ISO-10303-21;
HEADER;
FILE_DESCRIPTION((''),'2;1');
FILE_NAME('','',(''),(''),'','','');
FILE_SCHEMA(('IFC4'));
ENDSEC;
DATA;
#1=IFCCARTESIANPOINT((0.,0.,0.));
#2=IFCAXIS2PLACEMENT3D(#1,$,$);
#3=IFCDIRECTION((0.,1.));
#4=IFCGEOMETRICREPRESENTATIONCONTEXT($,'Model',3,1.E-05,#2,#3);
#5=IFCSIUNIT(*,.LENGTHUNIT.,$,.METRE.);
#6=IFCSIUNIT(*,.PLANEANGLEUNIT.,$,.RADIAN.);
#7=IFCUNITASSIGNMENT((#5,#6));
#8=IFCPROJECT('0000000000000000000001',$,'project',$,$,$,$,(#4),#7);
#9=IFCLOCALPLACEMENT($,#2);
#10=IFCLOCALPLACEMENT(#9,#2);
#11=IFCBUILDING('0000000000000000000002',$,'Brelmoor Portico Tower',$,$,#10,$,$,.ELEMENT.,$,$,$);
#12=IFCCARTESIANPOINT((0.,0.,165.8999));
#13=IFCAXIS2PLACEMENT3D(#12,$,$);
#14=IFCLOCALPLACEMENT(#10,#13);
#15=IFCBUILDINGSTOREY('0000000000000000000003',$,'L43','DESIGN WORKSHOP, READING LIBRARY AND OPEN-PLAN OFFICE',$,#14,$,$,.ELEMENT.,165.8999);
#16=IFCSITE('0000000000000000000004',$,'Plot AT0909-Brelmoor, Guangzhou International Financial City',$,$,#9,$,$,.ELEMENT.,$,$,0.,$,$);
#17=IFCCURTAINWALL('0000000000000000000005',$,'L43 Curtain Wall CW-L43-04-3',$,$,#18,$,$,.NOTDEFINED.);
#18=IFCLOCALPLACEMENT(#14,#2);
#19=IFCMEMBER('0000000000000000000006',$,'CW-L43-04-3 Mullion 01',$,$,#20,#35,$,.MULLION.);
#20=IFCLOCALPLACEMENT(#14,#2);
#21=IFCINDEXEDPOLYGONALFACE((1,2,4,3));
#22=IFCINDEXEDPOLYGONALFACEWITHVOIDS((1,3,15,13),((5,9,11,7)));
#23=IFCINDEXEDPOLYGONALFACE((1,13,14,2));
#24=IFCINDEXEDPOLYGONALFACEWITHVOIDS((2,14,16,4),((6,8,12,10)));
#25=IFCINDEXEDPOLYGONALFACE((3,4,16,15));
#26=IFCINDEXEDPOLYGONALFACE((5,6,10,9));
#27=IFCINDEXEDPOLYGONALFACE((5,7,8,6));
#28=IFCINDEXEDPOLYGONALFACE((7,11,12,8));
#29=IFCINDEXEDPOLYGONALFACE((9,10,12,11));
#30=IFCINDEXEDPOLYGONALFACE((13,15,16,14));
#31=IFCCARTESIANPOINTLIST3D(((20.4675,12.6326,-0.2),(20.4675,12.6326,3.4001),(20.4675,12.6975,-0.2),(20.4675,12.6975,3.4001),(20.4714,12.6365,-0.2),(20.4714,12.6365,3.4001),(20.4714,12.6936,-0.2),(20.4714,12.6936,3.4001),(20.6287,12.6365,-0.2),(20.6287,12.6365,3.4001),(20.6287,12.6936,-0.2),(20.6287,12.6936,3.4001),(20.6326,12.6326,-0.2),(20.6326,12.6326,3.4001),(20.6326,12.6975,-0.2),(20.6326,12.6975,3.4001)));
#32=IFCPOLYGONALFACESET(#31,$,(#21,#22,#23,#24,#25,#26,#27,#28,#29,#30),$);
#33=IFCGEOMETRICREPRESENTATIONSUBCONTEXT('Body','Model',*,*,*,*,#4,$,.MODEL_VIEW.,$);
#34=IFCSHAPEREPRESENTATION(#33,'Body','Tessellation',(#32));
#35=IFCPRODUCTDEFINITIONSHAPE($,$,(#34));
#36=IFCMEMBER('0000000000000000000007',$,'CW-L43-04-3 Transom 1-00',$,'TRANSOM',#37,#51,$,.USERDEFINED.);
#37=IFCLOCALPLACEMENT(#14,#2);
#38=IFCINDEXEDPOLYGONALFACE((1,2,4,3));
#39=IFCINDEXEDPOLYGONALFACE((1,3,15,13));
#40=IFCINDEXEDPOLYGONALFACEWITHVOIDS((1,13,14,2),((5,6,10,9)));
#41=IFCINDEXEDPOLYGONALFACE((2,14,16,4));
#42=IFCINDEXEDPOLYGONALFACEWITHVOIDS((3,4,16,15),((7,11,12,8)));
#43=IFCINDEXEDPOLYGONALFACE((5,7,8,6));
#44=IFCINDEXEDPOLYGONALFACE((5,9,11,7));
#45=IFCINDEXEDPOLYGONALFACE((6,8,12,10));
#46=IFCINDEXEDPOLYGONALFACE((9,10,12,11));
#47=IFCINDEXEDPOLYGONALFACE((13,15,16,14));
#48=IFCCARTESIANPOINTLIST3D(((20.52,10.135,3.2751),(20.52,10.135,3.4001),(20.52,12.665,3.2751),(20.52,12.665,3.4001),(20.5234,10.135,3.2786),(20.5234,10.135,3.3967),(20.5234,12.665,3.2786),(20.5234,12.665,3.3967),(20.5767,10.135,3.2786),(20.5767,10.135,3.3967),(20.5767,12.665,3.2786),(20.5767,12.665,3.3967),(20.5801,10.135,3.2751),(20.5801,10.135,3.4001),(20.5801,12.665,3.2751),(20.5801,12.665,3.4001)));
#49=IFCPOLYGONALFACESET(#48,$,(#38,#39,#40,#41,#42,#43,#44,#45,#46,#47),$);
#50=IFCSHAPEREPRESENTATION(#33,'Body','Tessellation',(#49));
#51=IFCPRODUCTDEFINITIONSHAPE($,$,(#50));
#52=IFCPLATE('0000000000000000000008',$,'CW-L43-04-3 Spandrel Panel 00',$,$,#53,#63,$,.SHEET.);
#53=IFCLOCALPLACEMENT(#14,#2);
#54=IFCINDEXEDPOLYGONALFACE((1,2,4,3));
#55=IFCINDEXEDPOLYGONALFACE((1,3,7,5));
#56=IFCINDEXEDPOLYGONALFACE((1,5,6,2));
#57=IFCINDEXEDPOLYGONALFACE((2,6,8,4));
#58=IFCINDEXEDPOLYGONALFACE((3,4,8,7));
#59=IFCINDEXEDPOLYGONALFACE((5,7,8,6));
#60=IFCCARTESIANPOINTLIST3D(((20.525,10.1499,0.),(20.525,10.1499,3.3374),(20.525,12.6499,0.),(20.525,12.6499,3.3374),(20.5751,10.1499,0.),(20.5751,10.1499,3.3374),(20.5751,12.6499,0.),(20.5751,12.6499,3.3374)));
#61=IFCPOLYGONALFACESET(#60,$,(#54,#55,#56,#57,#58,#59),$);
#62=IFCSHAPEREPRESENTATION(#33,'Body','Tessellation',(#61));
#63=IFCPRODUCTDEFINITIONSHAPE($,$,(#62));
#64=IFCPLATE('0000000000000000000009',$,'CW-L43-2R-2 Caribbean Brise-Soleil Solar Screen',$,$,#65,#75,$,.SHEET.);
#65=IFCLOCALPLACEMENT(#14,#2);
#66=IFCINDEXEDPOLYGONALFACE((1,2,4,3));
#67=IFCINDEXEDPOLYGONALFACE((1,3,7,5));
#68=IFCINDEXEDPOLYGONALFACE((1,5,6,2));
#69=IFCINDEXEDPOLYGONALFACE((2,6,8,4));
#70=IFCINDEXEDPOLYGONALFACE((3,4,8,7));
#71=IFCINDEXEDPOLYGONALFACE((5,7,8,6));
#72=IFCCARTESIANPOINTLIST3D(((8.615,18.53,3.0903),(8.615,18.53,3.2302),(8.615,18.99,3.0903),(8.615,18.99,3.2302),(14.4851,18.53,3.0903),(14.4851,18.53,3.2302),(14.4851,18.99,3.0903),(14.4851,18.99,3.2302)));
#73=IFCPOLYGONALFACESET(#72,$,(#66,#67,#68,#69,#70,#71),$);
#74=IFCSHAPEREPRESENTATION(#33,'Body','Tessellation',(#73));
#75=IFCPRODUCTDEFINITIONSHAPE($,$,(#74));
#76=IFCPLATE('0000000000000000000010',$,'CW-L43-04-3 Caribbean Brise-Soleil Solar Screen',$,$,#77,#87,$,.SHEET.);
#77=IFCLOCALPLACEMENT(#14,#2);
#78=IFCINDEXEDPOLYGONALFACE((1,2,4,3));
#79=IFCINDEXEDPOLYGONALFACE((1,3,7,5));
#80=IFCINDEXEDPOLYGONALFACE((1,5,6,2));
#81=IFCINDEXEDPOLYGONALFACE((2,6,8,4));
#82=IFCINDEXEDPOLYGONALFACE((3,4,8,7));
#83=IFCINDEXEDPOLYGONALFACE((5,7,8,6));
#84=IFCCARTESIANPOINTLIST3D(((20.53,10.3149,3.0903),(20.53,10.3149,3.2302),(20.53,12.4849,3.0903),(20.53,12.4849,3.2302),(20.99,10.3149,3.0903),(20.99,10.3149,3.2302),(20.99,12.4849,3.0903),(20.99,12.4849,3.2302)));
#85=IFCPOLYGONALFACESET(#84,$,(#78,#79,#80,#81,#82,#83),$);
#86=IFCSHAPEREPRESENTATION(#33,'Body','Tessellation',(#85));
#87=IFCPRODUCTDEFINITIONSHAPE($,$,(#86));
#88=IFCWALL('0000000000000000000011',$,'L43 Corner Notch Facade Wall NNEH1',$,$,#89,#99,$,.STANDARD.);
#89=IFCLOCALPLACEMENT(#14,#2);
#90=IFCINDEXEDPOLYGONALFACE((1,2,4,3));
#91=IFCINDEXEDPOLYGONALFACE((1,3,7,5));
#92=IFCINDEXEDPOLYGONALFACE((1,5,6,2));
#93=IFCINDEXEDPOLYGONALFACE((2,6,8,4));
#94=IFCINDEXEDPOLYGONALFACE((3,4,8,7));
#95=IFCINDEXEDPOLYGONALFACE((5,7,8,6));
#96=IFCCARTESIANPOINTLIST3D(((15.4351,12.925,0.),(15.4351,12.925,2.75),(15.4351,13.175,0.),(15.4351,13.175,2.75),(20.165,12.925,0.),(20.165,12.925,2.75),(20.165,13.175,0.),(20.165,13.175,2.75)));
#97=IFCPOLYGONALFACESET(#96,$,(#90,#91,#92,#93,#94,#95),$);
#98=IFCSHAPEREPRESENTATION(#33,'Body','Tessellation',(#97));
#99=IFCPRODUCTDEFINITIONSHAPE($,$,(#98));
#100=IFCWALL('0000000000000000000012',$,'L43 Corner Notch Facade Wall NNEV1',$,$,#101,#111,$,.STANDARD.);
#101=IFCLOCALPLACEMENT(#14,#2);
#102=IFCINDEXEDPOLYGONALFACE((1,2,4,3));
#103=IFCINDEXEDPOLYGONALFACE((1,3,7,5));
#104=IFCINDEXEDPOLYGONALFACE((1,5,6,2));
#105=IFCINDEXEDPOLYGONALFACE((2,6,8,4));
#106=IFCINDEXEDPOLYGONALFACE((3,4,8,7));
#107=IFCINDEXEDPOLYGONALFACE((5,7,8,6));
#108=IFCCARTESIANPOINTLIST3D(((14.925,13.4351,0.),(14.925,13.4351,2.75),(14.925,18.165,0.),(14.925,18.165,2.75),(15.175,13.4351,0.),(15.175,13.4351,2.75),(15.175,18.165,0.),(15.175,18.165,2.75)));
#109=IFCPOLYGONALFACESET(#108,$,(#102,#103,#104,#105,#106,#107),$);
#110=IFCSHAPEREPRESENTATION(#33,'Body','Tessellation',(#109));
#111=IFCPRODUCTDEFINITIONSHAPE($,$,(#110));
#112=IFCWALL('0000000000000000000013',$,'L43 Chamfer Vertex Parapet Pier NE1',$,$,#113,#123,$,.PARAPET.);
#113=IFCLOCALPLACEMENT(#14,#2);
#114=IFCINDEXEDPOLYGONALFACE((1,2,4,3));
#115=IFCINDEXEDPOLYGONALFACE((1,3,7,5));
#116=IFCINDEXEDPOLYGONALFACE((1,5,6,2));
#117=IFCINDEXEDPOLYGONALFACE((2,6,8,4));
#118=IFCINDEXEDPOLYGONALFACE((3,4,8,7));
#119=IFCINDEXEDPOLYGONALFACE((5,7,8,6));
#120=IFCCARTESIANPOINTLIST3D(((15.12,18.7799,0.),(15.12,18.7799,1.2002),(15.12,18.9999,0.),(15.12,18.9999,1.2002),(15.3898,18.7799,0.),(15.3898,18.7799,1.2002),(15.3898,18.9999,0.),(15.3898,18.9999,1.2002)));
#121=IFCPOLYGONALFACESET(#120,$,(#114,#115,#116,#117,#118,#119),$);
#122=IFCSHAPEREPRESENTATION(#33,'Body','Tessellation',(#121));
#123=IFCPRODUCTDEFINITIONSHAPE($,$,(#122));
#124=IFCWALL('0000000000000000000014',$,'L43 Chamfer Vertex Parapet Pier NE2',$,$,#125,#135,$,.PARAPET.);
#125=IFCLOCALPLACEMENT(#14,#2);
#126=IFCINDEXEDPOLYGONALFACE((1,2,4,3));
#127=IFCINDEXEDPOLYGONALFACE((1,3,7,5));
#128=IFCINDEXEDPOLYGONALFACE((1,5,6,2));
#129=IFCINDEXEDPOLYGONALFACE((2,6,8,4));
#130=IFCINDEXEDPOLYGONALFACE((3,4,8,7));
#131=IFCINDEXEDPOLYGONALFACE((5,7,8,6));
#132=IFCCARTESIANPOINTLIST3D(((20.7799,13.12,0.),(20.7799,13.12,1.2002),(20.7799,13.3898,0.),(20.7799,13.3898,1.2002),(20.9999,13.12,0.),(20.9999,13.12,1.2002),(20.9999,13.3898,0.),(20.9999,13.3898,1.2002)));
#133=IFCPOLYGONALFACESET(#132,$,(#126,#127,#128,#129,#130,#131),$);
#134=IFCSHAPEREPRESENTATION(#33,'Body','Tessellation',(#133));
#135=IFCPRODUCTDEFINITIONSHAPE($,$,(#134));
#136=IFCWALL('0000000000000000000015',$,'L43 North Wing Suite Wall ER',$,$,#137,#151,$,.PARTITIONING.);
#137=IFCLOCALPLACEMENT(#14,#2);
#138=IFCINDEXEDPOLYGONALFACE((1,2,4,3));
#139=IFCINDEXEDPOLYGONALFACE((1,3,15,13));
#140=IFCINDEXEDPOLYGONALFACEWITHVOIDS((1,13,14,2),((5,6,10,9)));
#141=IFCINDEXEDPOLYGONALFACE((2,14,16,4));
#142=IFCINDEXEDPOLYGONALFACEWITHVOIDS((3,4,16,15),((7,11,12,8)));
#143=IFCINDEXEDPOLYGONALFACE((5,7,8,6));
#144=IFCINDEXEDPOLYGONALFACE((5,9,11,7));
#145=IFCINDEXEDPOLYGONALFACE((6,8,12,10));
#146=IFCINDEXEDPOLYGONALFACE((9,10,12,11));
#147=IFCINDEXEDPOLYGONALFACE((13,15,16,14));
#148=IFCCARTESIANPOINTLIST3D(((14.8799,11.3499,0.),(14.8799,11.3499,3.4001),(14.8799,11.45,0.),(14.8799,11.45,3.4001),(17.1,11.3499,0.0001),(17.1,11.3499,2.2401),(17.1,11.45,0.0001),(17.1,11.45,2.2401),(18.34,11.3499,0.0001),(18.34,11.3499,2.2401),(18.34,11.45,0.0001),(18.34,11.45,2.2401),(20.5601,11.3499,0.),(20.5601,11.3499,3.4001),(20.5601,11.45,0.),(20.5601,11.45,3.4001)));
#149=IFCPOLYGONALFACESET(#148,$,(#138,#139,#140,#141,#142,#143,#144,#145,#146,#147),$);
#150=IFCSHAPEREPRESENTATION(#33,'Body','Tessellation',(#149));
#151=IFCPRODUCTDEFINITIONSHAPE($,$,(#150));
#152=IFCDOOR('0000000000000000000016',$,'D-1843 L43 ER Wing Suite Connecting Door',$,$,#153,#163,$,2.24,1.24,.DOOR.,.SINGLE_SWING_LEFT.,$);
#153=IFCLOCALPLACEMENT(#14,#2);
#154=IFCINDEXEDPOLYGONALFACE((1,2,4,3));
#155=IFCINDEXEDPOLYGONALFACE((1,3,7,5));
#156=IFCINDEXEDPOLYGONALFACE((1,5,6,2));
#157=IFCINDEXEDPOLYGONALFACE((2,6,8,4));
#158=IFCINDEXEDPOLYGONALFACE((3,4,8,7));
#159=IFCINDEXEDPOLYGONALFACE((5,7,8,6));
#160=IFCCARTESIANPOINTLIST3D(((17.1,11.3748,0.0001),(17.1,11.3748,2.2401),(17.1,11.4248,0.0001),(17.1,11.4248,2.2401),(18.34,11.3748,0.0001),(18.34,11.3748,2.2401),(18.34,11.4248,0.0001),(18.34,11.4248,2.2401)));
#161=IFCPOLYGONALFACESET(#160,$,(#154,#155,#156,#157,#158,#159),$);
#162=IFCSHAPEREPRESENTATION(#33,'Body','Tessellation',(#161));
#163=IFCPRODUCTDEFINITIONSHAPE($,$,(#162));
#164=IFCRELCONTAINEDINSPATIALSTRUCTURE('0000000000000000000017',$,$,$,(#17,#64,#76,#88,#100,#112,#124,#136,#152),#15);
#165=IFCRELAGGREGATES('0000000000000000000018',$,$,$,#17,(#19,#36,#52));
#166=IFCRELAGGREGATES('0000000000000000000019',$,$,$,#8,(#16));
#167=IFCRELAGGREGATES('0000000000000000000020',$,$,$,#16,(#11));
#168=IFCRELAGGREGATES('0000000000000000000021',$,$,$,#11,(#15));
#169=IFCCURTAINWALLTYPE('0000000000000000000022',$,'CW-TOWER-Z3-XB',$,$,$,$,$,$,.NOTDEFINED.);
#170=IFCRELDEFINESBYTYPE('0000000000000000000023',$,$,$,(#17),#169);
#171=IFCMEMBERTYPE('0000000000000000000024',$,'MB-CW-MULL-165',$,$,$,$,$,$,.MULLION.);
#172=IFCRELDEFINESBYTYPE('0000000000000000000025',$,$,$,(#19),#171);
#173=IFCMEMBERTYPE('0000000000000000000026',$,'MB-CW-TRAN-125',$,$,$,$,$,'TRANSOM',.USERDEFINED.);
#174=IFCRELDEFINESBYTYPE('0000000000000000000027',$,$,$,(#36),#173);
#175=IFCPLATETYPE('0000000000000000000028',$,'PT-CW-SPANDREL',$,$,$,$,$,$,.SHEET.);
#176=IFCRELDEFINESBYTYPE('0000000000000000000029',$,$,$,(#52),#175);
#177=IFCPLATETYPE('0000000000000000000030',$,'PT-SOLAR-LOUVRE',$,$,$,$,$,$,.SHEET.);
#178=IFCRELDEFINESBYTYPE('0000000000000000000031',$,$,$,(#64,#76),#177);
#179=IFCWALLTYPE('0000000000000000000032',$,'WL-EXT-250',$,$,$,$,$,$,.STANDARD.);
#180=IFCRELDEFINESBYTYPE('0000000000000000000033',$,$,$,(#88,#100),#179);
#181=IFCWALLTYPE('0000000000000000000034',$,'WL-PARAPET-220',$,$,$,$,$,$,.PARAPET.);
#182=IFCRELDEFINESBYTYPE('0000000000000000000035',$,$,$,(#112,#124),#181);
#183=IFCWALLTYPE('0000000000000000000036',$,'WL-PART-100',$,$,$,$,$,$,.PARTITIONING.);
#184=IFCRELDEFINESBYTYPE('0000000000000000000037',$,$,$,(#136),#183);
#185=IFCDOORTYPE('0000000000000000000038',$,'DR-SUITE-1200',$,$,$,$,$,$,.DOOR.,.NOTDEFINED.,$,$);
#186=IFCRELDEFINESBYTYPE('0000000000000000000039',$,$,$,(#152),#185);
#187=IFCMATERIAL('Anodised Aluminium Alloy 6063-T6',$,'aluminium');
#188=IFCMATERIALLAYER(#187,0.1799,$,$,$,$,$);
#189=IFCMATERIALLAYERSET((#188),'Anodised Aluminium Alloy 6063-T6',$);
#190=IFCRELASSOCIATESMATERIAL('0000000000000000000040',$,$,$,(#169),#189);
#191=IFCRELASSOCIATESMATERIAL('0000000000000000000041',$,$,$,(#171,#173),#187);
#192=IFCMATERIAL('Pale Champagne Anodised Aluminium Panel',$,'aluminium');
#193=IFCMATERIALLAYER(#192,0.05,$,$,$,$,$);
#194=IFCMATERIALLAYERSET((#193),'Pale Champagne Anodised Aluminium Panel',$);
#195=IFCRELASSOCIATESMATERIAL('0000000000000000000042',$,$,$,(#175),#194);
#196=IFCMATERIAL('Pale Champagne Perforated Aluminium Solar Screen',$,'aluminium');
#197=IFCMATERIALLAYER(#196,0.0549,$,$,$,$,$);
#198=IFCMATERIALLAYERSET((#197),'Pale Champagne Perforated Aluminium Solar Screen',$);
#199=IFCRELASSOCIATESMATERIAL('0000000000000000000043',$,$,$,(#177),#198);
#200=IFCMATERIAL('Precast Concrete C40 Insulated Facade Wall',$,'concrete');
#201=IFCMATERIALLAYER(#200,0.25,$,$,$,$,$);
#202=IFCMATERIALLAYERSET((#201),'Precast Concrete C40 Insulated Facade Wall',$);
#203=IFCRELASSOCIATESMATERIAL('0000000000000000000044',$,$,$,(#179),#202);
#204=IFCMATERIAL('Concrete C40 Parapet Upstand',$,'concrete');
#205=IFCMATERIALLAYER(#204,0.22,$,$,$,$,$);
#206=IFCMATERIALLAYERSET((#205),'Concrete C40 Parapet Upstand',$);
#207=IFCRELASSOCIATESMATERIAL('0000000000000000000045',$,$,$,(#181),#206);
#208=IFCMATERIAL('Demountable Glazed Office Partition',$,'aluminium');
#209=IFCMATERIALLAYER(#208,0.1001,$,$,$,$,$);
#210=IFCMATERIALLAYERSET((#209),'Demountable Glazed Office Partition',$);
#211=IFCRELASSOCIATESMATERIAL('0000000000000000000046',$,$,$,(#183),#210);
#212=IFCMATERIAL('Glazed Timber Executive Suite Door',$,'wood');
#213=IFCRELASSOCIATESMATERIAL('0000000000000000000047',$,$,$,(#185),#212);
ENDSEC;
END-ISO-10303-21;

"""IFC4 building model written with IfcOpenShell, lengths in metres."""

from ifc_helpers import new_model, si_unit, direction, frame, frame_2d, origin, origin_2d, place, context, subcontext, project, spatial, rectangle, hollow_rectangle, extrude, material, layer, layer_set, material_profile, profile_set, type_object, element, fill, aggregate, save


model = new_model("IFC4")

# Units and contexts
model_context = context("Model", 3, precision=1e-05, world=origin(), true_north=direction((0.0, 1.0)))
body_context = subcontext(model_context, "Body", "Model", "MODEL_VIEW")
ifc_project = project(units=[si_unit("LENGTHUNIT", "METRE"), si_unit("PLANEANGLEUNIT", "RADIAN")], contexts=[model_context])

# Site, building, storey
site_placement = place(None, origin())
site = spatial("IfcSite", under=ifc_project, at=site_placement, Name="Plot AT0909-Brelmoor, Guangzhou International Financial City", CompositionType="ELEMENT", RefElevation=0.0)
building_placement = place(site_placement, origin())
building = spatial("IfcBuilding", under=site, at=building_placement, Name="Brelmoor Portico Tower", CompositionType="ELEMENT")
storey_placement = place(building_placement, frame((0.0, 0.0, 165.8999)))
storey = spatial("IfcBuildingStorey", under=building, at=storey_placement, Name="L43", Description="DESIGN WORKSHOP, READING LIBRARY AND OPEN-PLAN OFFICE", CompositionType="ELEMENT", Elevation=165.8999)

# Shared definitions
ifc_material_1 = material(Name="Anodised Aluminium Alloy 6063-T6", Category="aluminium")
ifc_layer_1 = layer(ifc_material_1, 0.1799)
ifc_layer_set_1 = layer_set([ifc_layer_1], Name="Anodised Aluminium Alloy 6063-T6")
curtain_wall_type = type_object("IfcCurtainWallType", Name="CW-TOWER-Z3-XB", PredefinedType="NOTDEFINED", material=ifc_layer_set_1)
ifc_material_profile_1 = material_profile(ifc_material_1, hollow_rectangle(XDim=0.0649, YDim=0.165, WallThickness=0.0039, at=origin_2d()), Name="ALU MULLION 65x165")
ifc_profile_set_1 = profile_set([ifc_material_profile_1], Name="Anodised Aluminium Alloy 6063-T6")
member_type_1 = type_object("IfcMemberType", Name="MB-CW-MULL-165", PredefinedType="MULLION", material=ifc_profile_set_1)

# Curtain wall, members, plate
curtain_wall_1_placement = place(storey_placement, origin())
curtain_wall_1 = element("IfcCurtainWall", 1, at=curtain_wall_1_placement, inside=storey, type_object=curtain_wall_type, Name="L43 Curtain Wall CW-L43-04-3", PredefinedType="NOTDEFINED")
member_1_placement = place(storey_placement, frame((20.55, 12.665, -0.2), z_axis=(0.0, 0.0, 1.0), x_axis=(0.0, 1.0, 0.0)))
member_1 = element("IfcMember", 2, at=member_1_placement, type_object=member_type_1, Name="CW-L43-04-3 Mullion 01", PredefinedType="MULLION", context=body_context, shape_type="SweptSolid", body=[
    extrude(hollow_rectangle(XDim=0.0649, YDim=0.165, WallThickness=0.0039, at=origin_2d()), origin(), (0.0, 0.0, 1.0), 3.6001),
])
ifc_material_profile_2 = material_profile(ifc_material_1, hollow_rectangle(XDim=0.0601, YDim=0.125, WallThickness=0.0034, at=origin_2d()), Name="ALU TRANSOM 60x125")
ifc_profile_set_2 = profile_set([ifc_material_profile_2], Name="Anodised Aluminium Alloy 6063-T6")
member_type_2 = type_object("IfcMemberType", Name="MB-CW-TRAN-125", ElementType="TRANSOM", PredefinedType="USERDEFINED", material=ifc_profile_set_2)
member_2_placement = place(storey_placement, frame((20.55, 10.135, 3.3376), z_axis=(0.0, 1.0, 0.0), x_axis=(-1.0, 0.0, 0.0)))
member_2 = element("IfcMember", 3, at=member_2_placement, type_object=member_type_2, Name="CW-L43-04-3 Transom 1-00", ObjectType="TRANSOM", PredefinedType="USERDEFINED", context=body_context, shape_type="SweptSolid", body=[
    extrude(hollow_rectangle(XDim=0.0601, YDim=0.125, WallThickness=0.0034, at=origin_2d()), origin(), (0.0, 0.0, 1.0), 2.53),
])
ifc_material_2 = material(Name="Pale Champagne Anodised Aluminium Panel", Category="aluminium")
ifc_layer_2 = layer(ifc_material_2, 0.05)
ifc_layer_set_2 = layer_set([ifc_layer_2], Name="Pale Champagne Anodised Aluminium Panel")
plate_type_1 = type_object("IfcPlateType", Name="PT-CW-SPANDREL", PredefinedType="SHEET", material=ifc_layer_set_2)
plate_1_placement = place(storey_placement, frame((20.55, 11.3999, 0.0), z_axis=(0.0, 0.0, 1.0), x_axis=(0.0, 1.0, 0.0)))
plate_1 = element("IfcPlate", 4, at=plate_1_placement, type_object=plate_type_1, Name="CW-L43-04-3 Spandrel Panel 00", PredefinedType="SHEET", context=body_context, shape_type="SweptSolid", body=[
    extrude(rectangle(XDim=2.5, YDim=0.05, at=origin_2d()), origin(), (0.0, 0.0, 1.0), 3.3374),
])
aggregate(curtain_wall_1, [member_1, member_2, plate_1])

# Plates
ifc_material_3 = material(Name="Pale Champagne Perforated Aluminium Solar Screen", Category="aluminium")
ifc_layer_3 = layer(ifc_material_3, 0.0549)
ifc_layer_set_3 = layer_set([ifc_layer_3], Name="Pale Champagne Perforated Aluminium Solar Screen")
plate_type_2 = type_object("IfcPlateType", Name="PT-SOLAR-LOUVRE", PredefinedType="SHEET", material=ifc_layer_set_3)
plate_2_placement = place(storey_placement, frame((11.55, 18.76, 3.0903), z_axis=(0.0, 0.0, 1.0), x_axis=(1.0, 0.0, 0.0)))
element("IfcPlate", 5, at=plate_2_placement, inside=storey, type_object=plate_type_2, Name="CW-L43-2R-2 Caribbean Brise-Soleil Solar Screen", PredefinedType="SHEET", context=body_context, shape_type="SweptSolid", body=[
    extrude(rectangle(XDim=5.8701, YDim=0.46, at=origin_2d()), origin(), (0.0, 0.0, 1.0), 0.1399),
])
plate_3_placement = place(storey_placement, frame((20.76, 11.3999, 3.0903), z_axis=(0.0, 0.0, 1.0), x_axis=(0.0, 1.0, 0.0)))
element("IfcPlate", 6, at=plate_3_placement, inside=storey, type_object=plate_type_2, Name="CW-L43-04-3 Caribbean Brise-Soleil Solar Screen", PredefinedType="SHEET", context=body_context, shape_type="SweptSolid", body=[
    extrude(rectangle(XDim=2.1699, YDim=0.46, at=origin_2d()), origin(), (0.0, 0.0, 1.0), 0.1399),
])

# Walls
ifc_material_4 = material(Name="Precast Concrete C40 Insulated Facade Wall", Category="concrete")
ifc_layer_4 = layer(ifc_material_4, 0.25)
ifc_layer_set_4 = layer_set([ifc_layer_4], Name="Precast Concrete C40 Insulated Facade Wall")
wall_type_1 = type_object("IfcWallType", Name="WL-EXT-250", PredefinedType="STANDARD", material=ifc_layer_set_4)
for number, where, z_axis, x_axis, name in (
    (7, (15.4351, 13.05, 0.0), (0.0, 0.0, 1.0), (1.0, 0.0, 0.0), "L43 Corner Notch Facade Wall NNEH1"),
    (8, (15.05, 13.4351, 0.0), (0.0, 0.0, 1.0), (0.0, 1.0, 0.0), "L43 Corner Notch Facade Wall NNEV1"),
):
    element("IfcWall", number, at=place(storey_placement, frame(where, z_axis=z_axis, x_axis=x_axis)), inside=storey, type_object=wall_type_1, Name=name, PredefinedType="STANDARD", context=body_context, shape_type="SweptSolid", body=[
        extrude(rectangle(XDim=4.73, YDim=0.25, at=frame_2d((2.365, 0.0))), origin(), (0.0, 0.0, 1.0), 2.75),
    ])
ifc_material_5 = material(Name="Concrete C40 Parapet Upstand", Category="concrete")
ifc_layer_5 = layer(ifc_material_5, 0.22)
ifc_layer_set_5 = layer_set([ifc_layer_5], Name="Concrete C40 Parapet Upstand")
wall_type_2 = type_object("IfcWallType", Name="WL-PARAPET-220", PredefinedType="PARAPET", material=ifc_layer_set_5)
for number, where, z_axis, x_axis, name in (
    (9, (15.1201, 18.8899, 0.0), (0.0, 0.0, 1.0), (1.0, 0.0, 0.0), "L43 Chamfer Vertex Parapet Pier NE1"),
    (10, (20.8899, 13.1201, 0.0), (0.0, 0.0, 1.0), (0.0, 1.0, 0.0), "L43 Chamfer Vertex Parapet Pier NE2"),
):
    element("IfcWall", number, at=place(storey_placement, frame(where, z_axis=z_axis, x_axis=x_axis)), inside=storey, type_object=wall_type_2, Name=name, PredefinedType="PARAPET", context=body_context, shape_type="SweptSolid", body=[
        extrude(rectangle(XDim=0.2698, YDim=0.22, at=frame_2d((0.1348, 0.0))), origin(), (0.0, 0.0, 1.0), 1.2002),
    ])

# Wall, opening, door
ifc_material_6 = material(Name="Demountable Glazed Office Partition", Category="aluminium")
ifc_layer_6 = layer(ifc_material_6, 0.1001)
ifc_layer_set_6 = layer_set([ifc_layer_6], Name="Demountable Glazed Office Partition")
wall_type_3 = type_object("IfcWallType", Name="WL-PART-100", PredefinedType="PARTITIONING", material=ifc_layer_set_6)
wall_placement = place(storey_placement, frame((14.8799, 11.3999, 0.0), z_axis=(0.0, 0.0, 1.0), x_axis=(1.0, 0.0, 0.0)))
wall = element("IfcWall", 11, at=wall_placement, inside=storey, type_object=wall_type_3, Name="L43 North Wing Suite Wall ER", PredefinedType="PARTITIONING", context=body_context, shape_type="SweptSolid", body=[
    extrude(rectangle(XDim=5.6802, YDim=0.1001, at=frame_2d((2.8401, 0.0))), origin(), (0.0, 0.0, 1.0), 3.4001),
])
opening_placement = place(wall_placement, frame((2.22, 0.0, 0.0)))
opening = element("IfcOpeningElement", 12, at=opening_placement, cuts=wall, PredefinedType="OPENING", context=body_context, shape_type="SweptSolid", body=[
    extrude(rectangle(XDim=1.24, YDim=2.24, at=frame_2d((0.6201, 1.1201))), frame((0.0, 0.0601, 0.0), z_axis=(0.0, -1.0, 0.0), x_axis=(1.0, 0.0, 0.0)), (0.0, 0.0, 1.0), 0.1201),
])
ifc_material_7 = material(Name="Glazed Timber Executive Suite Door", Category="wood")
door_type = type_object("IfcDoorType", Name="DR-SUITE-1200", OperationType="NOTDEFINED", PredefinedType="DOOR", material=ifc_material_7)
door_placement = place(opening_placement, origin())
door = element("IfcDoor", 13, at=door_placement, inside=storey, type_object=door_type, Name="D-1843 L43 ER Wing Suite Connecting Door", OperationType="SINGLE_SWING_LEFT", OverallHeight=2.24, OverallWidth=1.24, PredefinedType="DOOR", context=body_context, shape_type="SweptSolid", body=[
    extrude(rectangle(XDim=1.24, YDim=2.24, at=frame_2d((0.6201, 1.1201))), frame((0.0, 0.0249, 0.0), z_axis=(0.0, -1.0, 0.0), x_axis=(1.0, 0.0, 0.0)), (0.0, 0.0, 1.0), 0.05),
])
fill(opening, door)

save(model, "model.ifc")
